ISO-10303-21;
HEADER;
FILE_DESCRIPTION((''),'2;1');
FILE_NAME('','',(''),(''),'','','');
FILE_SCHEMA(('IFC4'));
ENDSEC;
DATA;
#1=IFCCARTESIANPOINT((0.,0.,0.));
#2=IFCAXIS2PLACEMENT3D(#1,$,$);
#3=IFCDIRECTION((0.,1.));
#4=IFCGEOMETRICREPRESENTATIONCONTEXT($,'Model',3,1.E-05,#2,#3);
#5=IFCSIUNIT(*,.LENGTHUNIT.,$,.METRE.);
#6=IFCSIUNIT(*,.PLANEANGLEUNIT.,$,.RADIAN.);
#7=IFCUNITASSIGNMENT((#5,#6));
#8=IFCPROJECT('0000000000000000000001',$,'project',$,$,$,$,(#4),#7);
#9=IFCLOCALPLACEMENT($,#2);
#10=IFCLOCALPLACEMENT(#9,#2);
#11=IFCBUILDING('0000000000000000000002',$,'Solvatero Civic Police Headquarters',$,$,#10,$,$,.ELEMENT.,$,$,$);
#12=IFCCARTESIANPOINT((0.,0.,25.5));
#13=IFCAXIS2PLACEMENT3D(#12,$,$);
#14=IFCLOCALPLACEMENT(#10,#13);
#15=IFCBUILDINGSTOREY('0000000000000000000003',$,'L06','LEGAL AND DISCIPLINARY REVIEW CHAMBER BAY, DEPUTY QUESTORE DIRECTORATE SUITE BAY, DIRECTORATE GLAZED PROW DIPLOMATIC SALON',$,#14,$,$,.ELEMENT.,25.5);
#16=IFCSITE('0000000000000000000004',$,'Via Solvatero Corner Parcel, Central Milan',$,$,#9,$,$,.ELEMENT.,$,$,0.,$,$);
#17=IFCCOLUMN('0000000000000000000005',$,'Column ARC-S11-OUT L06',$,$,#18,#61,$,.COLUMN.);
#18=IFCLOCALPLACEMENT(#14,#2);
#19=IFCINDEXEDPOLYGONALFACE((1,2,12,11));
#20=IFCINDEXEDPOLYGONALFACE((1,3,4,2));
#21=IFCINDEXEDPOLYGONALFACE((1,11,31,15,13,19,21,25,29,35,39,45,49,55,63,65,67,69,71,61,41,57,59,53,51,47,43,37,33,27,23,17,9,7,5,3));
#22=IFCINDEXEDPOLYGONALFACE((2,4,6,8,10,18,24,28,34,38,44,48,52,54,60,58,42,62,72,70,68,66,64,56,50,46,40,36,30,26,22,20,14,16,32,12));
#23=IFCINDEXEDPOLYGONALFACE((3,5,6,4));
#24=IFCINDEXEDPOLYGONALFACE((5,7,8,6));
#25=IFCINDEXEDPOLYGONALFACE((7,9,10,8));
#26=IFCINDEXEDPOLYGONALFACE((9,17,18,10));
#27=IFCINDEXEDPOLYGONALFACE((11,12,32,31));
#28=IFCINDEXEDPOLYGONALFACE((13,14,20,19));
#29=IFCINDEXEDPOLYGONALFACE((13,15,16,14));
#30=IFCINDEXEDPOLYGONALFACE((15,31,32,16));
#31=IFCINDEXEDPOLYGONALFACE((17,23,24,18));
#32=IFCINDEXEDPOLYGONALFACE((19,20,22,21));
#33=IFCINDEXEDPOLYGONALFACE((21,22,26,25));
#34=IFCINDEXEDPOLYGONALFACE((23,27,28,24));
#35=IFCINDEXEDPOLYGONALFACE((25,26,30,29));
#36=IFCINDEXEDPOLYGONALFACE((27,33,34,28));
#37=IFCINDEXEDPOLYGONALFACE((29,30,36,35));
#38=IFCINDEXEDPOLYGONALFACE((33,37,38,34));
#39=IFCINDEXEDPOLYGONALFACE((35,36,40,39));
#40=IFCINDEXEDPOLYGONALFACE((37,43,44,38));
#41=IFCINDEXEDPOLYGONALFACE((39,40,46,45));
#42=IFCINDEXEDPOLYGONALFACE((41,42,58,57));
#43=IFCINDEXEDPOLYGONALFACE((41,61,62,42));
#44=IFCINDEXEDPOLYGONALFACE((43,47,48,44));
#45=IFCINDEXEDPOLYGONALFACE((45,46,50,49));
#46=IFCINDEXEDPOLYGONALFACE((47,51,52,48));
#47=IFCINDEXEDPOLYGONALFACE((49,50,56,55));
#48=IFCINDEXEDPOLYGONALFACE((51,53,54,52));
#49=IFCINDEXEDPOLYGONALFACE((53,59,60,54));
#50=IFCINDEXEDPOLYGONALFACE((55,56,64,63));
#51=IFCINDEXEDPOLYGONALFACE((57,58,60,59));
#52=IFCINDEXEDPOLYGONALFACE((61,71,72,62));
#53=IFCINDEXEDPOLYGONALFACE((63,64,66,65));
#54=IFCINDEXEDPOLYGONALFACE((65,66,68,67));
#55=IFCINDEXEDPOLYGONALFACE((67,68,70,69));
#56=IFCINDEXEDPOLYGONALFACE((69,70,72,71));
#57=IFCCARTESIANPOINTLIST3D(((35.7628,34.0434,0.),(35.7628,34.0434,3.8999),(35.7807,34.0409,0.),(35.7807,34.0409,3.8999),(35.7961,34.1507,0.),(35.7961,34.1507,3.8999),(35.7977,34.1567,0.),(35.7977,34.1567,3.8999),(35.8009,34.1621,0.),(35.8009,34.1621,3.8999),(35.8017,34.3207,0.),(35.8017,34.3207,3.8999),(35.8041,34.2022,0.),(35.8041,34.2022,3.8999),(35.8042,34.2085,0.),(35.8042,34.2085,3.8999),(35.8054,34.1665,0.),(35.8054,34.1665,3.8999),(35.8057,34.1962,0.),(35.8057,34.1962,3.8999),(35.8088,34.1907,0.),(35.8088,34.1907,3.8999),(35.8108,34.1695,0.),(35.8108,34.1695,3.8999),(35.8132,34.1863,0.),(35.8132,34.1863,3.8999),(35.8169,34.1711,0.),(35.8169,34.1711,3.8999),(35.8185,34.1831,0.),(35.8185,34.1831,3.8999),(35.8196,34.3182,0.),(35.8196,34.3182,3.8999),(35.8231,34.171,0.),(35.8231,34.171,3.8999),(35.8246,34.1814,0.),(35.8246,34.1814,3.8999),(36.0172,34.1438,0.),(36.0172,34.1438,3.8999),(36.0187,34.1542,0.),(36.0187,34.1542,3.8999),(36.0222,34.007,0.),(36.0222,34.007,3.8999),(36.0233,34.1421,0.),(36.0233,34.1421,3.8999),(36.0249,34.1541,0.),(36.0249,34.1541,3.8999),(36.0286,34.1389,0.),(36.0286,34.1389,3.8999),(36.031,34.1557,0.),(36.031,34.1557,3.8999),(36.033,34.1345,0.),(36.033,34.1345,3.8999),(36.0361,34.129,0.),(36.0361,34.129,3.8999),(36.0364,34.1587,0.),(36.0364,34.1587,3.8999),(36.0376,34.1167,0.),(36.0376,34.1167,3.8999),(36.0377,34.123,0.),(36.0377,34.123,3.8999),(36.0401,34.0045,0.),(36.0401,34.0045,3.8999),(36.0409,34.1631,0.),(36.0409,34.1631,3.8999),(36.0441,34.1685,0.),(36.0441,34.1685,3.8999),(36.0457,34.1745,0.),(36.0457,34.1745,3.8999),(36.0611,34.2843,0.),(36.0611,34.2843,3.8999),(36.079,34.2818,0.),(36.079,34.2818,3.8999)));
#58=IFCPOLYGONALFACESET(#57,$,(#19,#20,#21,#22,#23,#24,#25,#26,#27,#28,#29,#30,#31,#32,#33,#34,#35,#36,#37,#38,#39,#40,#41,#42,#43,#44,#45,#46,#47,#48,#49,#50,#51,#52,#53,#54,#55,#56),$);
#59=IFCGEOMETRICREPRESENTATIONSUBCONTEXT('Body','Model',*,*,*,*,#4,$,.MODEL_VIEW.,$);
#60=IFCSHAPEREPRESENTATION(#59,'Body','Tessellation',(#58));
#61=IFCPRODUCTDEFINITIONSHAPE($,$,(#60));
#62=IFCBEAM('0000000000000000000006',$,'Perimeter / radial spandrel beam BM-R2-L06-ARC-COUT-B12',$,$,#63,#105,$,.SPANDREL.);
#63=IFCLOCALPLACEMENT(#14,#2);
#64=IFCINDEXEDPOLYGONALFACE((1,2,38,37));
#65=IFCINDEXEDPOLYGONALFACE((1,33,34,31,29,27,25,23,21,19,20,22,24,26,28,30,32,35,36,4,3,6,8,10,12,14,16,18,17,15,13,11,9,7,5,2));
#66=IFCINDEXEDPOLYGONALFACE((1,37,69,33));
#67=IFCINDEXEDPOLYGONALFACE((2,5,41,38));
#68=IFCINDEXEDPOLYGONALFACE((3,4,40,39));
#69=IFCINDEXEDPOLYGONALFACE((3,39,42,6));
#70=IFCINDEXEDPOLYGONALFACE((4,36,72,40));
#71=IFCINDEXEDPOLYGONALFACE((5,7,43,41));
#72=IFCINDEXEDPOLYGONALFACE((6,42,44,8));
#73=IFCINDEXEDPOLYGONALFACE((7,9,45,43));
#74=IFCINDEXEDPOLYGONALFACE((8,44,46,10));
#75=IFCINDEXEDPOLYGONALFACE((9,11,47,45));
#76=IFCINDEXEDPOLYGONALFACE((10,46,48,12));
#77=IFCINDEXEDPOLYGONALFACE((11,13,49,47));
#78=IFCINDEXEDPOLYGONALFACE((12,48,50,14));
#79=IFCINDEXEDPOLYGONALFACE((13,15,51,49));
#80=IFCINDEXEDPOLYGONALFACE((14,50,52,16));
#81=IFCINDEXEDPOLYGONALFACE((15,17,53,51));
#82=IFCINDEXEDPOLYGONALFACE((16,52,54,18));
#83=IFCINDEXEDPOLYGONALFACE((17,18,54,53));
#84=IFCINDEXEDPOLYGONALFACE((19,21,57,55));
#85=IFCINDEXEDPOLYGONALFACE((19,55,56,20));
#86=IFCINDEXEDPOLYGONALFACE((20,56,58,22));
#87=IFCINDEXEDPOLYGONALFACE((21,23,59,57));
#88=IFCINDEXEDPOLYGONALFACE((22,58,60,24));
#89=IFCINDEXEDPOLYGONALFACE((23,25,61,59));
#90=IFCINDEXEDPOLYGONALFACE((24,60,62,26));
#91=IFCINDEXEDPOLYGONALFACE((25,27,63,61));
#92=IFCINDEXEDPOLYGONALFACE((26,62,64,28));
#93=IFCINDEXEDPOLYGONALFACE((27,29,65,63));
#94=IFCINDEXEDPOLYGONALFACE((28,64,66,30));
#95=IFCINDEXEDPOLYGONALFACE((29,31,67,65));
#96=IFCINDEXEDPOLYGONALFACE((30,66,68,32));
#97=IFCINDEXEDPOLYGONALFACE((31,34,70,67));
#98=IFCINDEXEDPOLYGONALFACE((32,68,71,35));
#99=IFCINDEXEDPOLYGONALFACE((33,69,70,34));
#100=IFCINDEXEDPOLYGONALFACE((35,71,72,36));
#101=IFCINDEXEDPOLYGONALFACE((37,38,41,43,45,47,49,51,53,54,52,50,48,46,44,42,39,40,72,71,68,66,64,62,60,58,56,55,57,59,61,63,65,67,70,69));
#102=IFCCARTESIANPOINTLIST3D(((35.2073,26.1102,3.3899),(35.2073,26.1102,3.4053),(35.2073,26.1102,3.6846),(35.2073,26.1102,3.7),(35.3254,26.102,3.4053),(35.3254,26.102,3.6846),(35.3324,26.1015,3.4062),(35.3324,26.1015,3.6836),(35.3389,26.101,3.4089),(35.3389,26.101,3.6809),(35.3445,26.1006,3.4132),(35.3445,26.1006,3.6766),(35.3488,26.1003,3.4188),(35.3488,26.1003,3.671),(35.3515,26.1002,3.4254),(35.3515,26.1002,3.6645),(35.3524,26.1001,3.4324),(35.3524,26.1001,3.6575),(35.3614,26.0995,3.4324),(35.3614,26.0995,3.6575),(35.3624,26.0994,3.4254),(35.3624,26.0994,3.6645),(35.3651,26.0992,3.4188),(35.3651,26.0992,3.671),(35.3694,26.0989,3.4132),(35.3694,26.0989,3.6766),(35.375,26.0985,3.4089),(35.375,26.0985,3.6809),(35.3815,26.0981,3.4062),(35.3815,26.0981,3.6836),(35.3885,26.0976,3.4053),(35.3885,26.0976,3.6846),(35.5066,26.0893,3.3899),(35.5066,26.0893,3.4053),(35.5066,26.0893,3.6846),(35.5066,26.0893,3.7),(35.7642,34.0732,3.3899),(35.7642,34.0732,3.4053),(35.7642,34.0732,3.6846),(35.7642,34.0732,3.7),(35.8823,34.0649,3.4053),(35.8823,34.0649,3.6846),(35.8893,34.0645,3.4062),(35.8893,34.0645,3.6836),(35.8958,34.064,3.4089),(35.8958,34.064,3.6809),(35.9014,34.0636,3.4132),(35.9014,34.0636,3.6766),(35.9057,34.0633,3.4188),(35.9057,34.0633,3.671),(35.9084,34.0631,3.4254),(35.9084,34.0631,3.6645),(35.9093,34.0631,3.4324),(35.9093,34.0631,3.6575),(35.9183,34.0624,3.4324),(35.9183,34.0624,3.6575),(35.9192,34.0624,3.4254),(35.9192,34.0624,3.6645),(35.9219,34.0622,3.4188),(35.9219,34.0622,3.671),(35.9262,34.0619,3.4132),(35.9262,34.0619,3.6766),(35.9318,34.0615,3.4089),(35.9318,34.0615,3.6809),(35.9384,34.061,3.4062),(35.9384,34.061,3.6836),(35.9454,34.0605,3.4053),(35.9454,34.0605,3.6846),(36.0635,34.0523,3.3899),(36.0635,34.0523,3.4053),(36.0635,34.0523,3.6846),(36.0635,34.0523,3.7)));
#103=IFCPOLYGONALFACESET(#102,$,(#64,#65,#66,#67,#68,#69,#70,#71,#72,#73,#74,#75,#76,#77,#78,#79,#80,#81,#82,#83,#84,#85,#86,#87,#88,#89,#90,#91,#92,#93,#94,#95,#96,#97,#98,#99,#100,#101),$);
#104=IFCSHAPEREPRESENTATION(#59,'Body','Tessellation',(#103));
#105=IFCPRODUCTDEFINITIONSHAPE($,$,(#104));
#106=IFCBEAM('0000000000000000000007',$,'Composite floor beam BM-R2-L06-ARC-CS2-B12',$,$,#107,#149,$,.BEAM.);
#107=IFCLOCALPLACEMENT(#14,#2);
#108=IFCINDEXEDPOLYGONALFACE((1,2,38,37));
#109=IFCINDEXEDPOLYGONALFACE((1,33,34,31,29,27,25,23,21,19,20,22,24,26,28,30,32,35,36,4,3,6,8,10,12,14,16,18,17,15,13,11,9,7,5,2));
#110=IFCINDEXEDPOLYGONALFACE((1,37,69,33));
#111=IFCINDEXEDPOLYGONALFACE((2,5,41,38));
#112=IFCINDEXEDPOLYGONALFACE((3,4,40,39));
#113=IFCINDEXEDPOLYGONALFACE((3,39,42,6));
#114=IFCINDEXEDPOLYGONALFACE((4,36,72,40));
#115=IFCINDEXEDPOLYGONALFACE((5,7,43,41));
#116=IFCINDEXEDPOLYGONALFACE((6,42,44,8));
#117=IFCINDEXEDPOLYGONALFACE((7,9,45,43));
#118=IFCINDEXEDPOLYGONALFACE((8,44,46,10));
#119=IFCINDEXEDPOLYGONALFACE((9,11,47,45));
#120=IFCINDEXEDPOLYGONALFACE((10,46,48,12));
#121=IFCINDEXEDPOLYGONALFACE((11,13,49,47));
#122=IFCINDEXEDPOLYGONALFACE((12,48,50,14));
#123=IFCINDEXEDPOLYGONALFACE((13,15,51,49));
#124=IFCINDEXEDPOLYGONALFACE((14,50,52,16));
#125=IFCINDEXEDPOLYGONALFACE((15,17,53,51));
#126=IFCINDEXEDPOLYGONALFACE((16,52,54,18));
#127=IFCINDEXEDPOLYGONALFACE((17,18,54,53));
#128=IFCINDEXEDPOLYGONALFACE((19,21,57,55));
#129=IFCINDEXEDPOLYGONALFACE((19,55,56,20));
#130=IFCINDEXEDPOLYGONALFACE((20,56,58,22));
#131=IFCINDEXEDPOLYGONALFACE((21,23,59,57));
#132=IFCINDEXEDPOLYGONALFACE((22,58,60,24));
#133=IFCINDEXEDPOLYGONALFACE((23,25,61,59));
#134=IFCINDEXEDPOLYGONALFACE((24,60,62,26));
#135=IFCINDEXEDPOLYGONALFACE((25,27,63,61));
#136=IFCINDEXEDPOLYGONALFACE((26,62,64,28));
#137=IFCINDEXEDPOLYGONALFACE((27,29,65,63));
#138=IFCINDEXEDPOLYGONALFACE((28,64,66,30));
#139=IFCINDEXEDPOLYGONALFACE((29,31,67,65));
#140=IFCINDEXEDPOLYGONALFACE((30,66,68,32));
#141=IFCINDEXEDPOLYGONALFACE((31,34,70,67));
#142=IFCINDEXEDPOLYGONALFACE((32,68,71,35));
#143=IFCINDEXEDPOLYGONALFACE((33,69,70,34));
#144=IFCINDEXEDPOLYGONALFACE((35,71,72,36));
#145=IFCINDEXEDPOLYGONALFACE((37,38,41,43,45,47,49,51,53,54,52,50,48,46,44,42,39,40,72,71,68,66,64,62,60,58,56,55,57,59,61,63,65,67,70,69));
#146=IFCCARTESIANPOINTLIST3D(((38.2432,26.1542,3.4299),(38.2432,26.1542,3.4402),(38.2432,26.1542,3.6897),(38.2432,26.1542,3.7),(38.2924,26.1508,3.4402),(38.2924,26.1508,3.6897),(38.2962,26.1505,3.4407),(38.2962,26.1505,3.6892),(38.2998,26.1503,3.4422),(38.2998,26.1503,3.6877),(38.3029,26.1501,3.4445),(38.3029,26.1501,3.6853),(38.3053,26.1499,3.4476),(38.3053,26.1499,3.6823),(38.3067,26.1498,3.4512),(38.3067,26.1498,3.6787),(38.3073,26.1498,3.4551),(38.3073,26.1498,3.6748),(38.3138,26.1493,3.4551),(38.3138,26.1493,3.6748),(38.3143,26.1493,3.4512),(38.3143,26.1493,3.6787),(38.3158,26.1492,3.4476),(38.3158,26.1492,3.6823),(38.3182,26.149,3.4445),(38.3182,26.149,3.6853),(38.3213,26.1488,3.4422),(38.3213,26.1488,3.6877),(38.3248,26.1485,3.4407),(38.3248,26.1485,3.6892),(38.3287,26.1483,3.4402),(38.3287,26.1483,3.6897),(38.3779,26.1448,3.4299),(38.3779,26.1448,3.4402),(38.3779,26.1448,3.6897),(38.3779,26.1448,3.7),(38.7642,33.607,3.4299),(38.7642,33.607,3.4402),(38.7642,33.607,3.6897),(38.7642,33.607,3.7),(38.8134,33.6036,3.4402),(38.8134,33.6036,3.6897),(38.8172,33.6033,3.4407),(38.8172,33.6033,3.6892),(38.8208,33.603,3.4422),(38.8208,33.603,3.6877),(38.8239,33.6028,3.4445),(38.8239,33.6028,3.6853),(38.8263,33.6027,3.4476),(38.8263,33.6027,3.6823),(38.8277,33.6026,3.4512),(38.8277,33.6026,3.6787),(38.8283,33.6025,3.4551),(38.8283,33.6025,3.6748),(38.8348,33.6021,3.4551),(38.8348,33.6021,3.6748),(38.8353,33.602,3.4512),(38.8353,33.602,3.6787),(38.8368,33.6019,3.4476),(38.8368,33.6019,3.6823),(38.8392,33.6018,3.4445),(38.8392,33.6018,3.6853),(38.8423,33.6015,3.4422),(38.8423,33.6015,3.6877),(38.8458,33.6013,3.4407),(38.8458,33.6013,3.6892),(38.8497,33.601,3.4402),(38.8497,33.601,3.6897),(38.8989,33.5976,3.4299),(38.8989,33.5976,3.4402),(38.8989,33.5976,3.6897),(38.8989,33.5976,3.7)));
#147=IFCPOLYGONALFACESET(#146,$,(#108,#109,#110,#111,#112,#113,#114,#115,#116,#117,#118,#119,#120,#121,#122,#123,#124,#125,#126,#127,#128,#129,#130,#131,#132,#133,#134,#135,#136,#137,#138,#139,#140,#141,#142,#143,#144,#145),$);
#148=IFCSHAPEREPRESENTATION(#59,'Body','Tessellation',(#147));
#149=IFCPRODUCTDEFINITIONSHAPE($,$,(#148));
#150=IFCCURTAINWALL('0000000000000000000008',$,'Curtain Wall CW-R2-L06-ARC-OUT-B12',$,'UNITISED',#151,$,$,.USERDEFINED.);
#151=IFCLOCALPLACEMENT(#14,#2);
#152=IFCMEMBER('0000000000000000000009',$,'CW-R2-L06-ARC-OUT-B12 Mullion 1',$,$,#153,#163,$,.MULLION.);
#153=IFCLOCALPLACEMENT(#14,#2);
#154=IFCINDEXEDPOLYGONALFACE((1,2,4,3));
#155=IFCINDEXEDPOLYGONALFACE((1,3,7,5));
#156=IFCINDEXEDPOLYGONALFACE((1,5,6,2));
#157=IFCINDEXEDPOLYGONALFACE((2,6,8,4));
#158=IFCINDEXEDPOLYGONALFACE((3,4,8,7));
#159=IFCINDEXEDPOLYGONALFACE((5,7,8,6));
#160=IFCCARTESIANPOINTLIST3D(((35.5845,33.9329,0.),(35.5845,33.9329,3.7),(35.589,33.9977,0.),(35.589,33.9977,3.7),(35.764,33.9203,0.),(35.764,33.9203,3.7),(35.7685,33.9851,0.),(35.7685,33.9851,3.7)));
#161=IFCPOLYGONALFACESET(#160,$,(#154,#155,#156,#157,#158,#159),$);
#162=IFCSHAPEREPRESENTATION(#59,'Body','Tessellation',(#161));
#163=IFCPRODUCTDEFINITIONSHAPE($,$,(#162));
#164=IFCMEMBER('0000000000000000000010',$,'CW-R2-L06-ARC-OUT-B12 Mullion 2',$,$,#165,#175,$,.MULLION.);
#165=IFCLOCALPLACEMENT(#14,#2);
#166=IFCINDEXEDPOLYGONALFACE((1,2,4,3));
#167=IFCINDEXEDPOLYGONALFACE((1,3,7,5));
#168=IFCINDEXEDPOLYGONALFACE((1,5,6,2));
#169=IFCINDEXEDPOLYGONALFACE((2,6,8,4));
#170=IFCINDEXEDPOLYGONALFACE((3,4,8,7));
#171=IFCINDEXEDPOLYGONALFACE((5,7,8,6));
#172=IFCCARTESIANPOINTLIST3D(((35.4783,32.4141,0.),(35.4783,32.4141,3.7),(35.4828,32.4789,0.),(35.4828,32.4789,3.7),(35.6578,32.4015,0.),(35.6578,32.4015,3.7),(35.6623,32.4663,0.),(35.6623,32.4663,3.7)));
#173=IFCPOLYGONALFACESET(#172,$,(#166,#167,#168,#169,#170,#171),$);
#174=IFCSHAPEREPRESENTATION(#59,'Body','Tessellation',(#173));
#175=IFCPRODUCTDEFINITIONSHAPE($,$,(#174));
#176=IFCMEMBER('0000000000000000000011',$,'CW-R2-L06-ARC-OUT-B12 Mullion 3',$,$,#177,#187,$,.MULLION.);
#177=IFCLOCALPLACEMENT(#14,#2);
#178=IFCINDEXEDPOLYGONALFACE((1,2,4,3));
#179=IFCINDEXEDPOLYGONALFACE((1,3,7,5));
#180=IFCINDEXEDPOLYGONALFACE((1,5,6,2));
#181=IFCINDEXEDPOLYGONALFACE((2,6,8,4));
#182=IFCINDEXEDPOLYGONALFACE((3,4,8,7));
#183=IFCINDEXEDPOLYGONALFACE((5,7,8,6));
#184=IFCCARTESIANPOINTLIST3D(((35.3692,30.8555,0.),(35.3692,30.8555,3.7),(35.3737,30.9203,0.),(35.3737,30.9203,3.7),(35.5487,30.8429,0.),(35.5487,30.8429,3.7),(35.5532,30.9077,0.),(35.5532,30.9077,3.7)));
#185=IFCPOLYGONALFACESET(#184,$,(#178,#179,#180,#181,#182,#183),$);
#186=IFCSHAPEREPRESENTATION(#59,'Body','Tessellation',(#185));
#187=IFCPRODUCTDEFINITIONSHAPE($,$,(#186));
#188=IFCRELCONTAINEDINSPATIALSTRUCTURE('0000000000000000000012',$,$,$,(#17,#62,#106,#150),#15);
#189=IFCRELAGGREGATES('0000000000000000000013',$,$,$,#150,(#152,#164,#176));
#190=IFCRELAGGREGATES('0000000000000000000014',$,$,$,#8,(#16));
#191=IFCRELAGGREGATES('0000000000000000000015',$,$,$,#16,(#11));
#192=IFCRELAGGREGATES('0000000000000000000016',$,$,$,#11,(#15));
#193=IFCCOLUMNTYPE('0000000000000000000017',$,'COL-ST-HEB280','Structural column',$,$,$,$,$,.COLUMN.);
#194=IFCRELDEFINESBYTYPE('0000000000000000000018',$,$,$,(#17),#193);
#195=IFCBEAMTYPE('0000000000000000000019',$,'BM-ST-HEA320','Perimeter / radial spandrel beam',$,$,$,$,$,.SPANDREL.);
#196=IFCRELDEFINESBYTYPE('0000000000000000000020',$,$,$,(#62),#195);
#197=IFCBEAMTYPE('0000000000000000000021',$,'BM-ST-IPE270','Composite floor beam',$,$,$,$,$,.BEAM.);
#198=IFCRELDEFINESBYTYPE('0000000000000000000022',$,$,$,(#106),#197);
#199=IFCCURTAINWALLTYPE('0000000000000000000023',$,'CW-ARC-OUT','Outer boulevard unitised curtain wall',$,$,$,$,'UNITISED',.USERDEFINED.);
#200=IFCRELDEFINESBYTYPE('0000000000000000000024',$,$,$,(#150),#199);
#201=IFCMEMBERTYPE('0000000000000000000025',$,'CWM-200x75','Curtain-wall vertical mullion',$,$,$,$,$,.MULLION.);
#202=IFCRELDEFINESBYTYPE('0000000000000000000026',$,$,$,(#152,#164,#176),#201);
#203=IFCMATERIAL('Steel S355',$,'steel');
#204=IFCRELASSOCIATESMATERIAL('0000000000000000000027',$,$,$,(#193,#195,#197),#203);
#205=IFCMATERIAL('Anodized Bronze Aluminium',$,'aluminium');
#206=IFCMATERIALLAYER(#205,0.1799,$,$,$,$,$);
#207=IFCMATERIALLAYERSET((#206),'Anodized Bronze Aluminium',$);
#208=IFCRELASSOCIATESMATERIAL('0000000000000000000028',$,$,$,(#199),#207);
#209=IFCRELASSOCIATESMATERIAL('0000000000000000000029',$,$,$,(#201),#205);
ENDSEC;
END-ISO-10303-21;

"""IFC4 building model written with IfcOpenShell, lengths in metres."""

from ifc_helpers import new_model, si_unit, direction, frame, origin, origin_2d, place, context, subcontext, project, spatial, rectangle, i_section, extrude, material, layer, layer_set, material_profile, profile_set, type_object, element, aggregate, save


model = new_model("IFC4")

# Units and contexts
model_context = context("Model", 3, precision=1e-05, world=origin(), true_north=direction((0.0, 1.0)))
body_context = subcontext(model_context, "Body", "Model", "MODEL_VIEW")
ifc_project = project(units=[si_unit("LENGTHUNIT", "METRE"), si_unit("PLANEANGLEUNIT", "RADIAN")], contexts=[model_context])

# Site, building, storey
site_placement = place(None, origin())
site = spatial("IfcSite", under=ifc_project, at=site_placement, Name="Via Solvatero Corner Parcel, Central Milan", CompositionType="ELEMENT", RefElevation=0.0)
building_placement = place(site_placement, origin())
building = spatial("IfcBuilding", under=site, at=building_placement, Name="Solvatero Civic Police Headquarters", CompositionType="ELEMENT")
storey_placement = place(building_placement, frame((0.0, 0.0, 25.5)))
storey = spatial("IfcBuildingStorey", under=building, at=storey_placement, Name="L06", Description="LEGAL AND DISCIPLINARY REVIEW CHAMBER BAY, DEPUTY QUESTORE DIRECTORATE SUITE BAY, DIRECTORATE GLAZED PROW DIPLOMATIC SALON", CompositionType="ELEMENT", Elevation=25.5)

# Column
ifc_material_1 = material(Name="Steel S355", Category="steel")
ifc_material_profile_1 = material_profile(ifc_material_1, i_section(OverallWidth=0.28, OverallDepth=0.28, WebThickness=0.0105, FlangeThickness=0.0181, FilletRadius=0.0239, at=origin_2d()), Name="HEB 280")
ifc_profile_set_1 = profile_set([ifc_material_profile_1], Name="Steel S355")
column_type = type_object("IfcColumnType", Name="COL-ST-HEB280", Description="Structural column", PredefinedType="COLUMN", material=ifc_profile_set_1)
column_placement = place(storey_placement, frame((35.9209, 34.1626, 0.0), z_axis=(0.0, 0.0, 1.0), x_axis=(0.139173, 0.990268, 0.0)))
element("IfcColumn", 1, at=column_placement, inside=storey, type_object=column_type, Name="Column ARC-S11-OUT L06", PredefinedType="COLUMN", context=body_context, shape_type="SweptSolid", body=[
    extrude(i_section(OverallWidth=0.28, OverallDepth=0.28, WebThickness=0.0105, FlangeThickness=0.0181, FilletRadius=0.0239, at=origin_2d()), origin(), (0.0, 0.0, 1.0), 3.8999),
])

# Beams
ifc_material_profile_2 = material_profile(ifc_material_1, i_section(OverallWidth=0.3, OverallDepth=0.3101, WebThickness=0.009, FlangeThickness=0.0154, FilletRadius=0.0271, at=origin_2d()), Name="HEA 320")
ifc_profile_set_2 = profile_set([ifc_material_profile_2], Name="Steel S355")
beam_type_1 = type_object("IfcBeamType", Name="BM-ST-HEA320", Description="Perimeter / radial spandrel beam", PredefinedType="SPANDREL", material=ifc_profile_set_2)
beam_1_placement = place(storey_placement, frame((35.9138, 34.0627, 3.5449), z_axis=(-0.069765, -0.997563, 0.0), x_axis=(0.997563, -0.069765, 0.0)))
element("IfcBeam", 2, at=beam_1_placement, inside=storey, type_object=beam_type_1, Name="Perimeter / radial spandrel beam BM-R2-L06-ARC-COUT-B12", PredefinedType="SPANDREL", context=body_context, shape_type="SweptSolid", body=[
    extrude(i_section(OverallWidth=0.3, OverallDepth=0.3101, WebThickness=0.009, FlangeThickness=0.0154, FilletRadius=0.0271, at=origin_2d()), origin(), (0.0, 0.0, 1.0), 7.9824),
])
ifc_material_profile_3 = material_profile(ifc_material_1, i_section(OverallWidth=0.135, OverallDepth=0.27, WebThickness=0.0066, FlangeThickness=0.0103, FilletRadius=0.0149, at=origin_2d()), Name="IPE 270")
ifc_profile_set_3 = profile_set([ifc_material_profile_3], Name="Steel S355")
beam_type_2 = type_object("IfcBeamType", Name="BM-ST-IPE270", Description="Composite floor beam", PredefinedType="BEAM", material=ifc_profile_set_3)
beam_2_placement = place(storey_placement, frame((38.8315, 33.6023, 3.5649), z_axis=(-0.069737, -0.997565, 0.0), x_axis=(0.997565, -0.069737, 0.0)))
element("IfcBeam", 3, at=beam_2_placement, inside=storey, type_object=beam_type_2, Name="Composite floor beam BM-R2-L06-ARC-CS2-B12", PredefinedType="BEAM", context=body_context, shape_type="SweptSolid", body=[
    extrude(i_section(OverallWidth=0.135, OverallDepth=0.27, WebThickness=0.0066, FlangeThickness=0.0103, FilletRadius=0.0149, at=origin_2d()), origin(), (0.0, 0.0, 1.0), 7.4709),
])

# Curtain wall, members
ifc_material_2 = material(Name="Anodized Bronze Aluminium", Category="aluminium")
ifc_layer_1 = layer(ifc_material_2, 0.1799)
ifc_layer_set_1 = layer_set([ifc_layer_1], Name="Anodized Bronze Aluminium")
curtain_wall_type = type_object("IfcCurtainWallType", Name="CW-ARC-OUT", Description="Outer boulevard unitised curtain wall", ElementType="UNITISED", PredefinedType="USERDEFINED", material=ifc_layer_set_1)
curtain_wall_placement = place(storey_placement, origin())
curtain_wall = element("IfcCurtainWall", 4, at=curtain_wall_placement, inside=storey, type_object=curtain_wall_type, Name="Curtain Wall CW-R2-L06-ARC-OUT-B12", ObjectType="UNITISED", PredefinedType="USERDEFINED")
ifc_material_profile_4 = material_profile(ifc_material_2, rectangle(XDim=0.0649, YDim=0.1799, at=origin_2d()), Name="ALU MULLION 65x180")
ifc_profile_set_4 = profile_set([ifc_material_profile_4], Name="Anodized Bronze Aluminium")
member_type_1 = type_object("IfcMemberType", Name="CWM-200x75", Description="Curtain-wall vertical mullion", PredefinedType="MULLION", material=ifc_profile_set_4)
member_1_placement = place(storey_placement, frame((35.6765, 33.959, 0.0), z_axis=(0.0, 0.0, 1.0), x_axis=(-0.069739, -0.997565, 0.0)))
member_1 = element("IfcMember", 5, at=member_1_placement, type_object=member_type_1, Name="CW-R2-L06-ARC-OUT-B12 Mullion 1", PredefinedType="MULLION", context=body_context, shape_type="SweptSolid", body=[
    extrude(rectangle(XDim=0.0649, YDim=0.1799, at=origin_2d()), origin(), (0.0, 0.0, 1.0), 3.7),
])
member_2_placement = place(storey_placement, frame((35.5703, 32.4402, 0.0), z_axis=(0.0, 0.0, 1.0), x_axis=(-0.069739, -0.997565, 0.0)))
member_2 = element("IfcMember", 6, at=member_2_placement, type_object=member_type_1, Name="CW-R2-L06-ARC-OUT-B12 Mullion 2", PredefinedType="MULLION", context=body_context, shape_type="SweptSolid", body=[
    extrude(rectangle(XDim=0.0649, YDim=0.1799, at=origin_2d()), origin(), (0.0, 0.0, 1.0), 3.7),
])
member_3_placement = place(storey_placement, frame((35.4612, 30.8816, 0.0), z_axis=(0.0, 0.0, 1.0), x_axis=(-0.069739, -0.997565, 0.0)))
member_3 = element("IfcMember", 7, at=member_3_placement, type_object=member_type_1, Name="CW-R2-L06-ARC-OUT-B12 Mullion 3", PredefinedType="MULLION", context=body_context, shape_type="SweptSolid", body=[
    extrude(rectangle(XDim=0.0649, YDim=0.1799, at=origin_2d()), origin(), (0.0, 0.0, 1.0), 3.7),
])
aggregate(curtain_wall, [member_1, member_2, member_3])

save(model, "model.ifc")
